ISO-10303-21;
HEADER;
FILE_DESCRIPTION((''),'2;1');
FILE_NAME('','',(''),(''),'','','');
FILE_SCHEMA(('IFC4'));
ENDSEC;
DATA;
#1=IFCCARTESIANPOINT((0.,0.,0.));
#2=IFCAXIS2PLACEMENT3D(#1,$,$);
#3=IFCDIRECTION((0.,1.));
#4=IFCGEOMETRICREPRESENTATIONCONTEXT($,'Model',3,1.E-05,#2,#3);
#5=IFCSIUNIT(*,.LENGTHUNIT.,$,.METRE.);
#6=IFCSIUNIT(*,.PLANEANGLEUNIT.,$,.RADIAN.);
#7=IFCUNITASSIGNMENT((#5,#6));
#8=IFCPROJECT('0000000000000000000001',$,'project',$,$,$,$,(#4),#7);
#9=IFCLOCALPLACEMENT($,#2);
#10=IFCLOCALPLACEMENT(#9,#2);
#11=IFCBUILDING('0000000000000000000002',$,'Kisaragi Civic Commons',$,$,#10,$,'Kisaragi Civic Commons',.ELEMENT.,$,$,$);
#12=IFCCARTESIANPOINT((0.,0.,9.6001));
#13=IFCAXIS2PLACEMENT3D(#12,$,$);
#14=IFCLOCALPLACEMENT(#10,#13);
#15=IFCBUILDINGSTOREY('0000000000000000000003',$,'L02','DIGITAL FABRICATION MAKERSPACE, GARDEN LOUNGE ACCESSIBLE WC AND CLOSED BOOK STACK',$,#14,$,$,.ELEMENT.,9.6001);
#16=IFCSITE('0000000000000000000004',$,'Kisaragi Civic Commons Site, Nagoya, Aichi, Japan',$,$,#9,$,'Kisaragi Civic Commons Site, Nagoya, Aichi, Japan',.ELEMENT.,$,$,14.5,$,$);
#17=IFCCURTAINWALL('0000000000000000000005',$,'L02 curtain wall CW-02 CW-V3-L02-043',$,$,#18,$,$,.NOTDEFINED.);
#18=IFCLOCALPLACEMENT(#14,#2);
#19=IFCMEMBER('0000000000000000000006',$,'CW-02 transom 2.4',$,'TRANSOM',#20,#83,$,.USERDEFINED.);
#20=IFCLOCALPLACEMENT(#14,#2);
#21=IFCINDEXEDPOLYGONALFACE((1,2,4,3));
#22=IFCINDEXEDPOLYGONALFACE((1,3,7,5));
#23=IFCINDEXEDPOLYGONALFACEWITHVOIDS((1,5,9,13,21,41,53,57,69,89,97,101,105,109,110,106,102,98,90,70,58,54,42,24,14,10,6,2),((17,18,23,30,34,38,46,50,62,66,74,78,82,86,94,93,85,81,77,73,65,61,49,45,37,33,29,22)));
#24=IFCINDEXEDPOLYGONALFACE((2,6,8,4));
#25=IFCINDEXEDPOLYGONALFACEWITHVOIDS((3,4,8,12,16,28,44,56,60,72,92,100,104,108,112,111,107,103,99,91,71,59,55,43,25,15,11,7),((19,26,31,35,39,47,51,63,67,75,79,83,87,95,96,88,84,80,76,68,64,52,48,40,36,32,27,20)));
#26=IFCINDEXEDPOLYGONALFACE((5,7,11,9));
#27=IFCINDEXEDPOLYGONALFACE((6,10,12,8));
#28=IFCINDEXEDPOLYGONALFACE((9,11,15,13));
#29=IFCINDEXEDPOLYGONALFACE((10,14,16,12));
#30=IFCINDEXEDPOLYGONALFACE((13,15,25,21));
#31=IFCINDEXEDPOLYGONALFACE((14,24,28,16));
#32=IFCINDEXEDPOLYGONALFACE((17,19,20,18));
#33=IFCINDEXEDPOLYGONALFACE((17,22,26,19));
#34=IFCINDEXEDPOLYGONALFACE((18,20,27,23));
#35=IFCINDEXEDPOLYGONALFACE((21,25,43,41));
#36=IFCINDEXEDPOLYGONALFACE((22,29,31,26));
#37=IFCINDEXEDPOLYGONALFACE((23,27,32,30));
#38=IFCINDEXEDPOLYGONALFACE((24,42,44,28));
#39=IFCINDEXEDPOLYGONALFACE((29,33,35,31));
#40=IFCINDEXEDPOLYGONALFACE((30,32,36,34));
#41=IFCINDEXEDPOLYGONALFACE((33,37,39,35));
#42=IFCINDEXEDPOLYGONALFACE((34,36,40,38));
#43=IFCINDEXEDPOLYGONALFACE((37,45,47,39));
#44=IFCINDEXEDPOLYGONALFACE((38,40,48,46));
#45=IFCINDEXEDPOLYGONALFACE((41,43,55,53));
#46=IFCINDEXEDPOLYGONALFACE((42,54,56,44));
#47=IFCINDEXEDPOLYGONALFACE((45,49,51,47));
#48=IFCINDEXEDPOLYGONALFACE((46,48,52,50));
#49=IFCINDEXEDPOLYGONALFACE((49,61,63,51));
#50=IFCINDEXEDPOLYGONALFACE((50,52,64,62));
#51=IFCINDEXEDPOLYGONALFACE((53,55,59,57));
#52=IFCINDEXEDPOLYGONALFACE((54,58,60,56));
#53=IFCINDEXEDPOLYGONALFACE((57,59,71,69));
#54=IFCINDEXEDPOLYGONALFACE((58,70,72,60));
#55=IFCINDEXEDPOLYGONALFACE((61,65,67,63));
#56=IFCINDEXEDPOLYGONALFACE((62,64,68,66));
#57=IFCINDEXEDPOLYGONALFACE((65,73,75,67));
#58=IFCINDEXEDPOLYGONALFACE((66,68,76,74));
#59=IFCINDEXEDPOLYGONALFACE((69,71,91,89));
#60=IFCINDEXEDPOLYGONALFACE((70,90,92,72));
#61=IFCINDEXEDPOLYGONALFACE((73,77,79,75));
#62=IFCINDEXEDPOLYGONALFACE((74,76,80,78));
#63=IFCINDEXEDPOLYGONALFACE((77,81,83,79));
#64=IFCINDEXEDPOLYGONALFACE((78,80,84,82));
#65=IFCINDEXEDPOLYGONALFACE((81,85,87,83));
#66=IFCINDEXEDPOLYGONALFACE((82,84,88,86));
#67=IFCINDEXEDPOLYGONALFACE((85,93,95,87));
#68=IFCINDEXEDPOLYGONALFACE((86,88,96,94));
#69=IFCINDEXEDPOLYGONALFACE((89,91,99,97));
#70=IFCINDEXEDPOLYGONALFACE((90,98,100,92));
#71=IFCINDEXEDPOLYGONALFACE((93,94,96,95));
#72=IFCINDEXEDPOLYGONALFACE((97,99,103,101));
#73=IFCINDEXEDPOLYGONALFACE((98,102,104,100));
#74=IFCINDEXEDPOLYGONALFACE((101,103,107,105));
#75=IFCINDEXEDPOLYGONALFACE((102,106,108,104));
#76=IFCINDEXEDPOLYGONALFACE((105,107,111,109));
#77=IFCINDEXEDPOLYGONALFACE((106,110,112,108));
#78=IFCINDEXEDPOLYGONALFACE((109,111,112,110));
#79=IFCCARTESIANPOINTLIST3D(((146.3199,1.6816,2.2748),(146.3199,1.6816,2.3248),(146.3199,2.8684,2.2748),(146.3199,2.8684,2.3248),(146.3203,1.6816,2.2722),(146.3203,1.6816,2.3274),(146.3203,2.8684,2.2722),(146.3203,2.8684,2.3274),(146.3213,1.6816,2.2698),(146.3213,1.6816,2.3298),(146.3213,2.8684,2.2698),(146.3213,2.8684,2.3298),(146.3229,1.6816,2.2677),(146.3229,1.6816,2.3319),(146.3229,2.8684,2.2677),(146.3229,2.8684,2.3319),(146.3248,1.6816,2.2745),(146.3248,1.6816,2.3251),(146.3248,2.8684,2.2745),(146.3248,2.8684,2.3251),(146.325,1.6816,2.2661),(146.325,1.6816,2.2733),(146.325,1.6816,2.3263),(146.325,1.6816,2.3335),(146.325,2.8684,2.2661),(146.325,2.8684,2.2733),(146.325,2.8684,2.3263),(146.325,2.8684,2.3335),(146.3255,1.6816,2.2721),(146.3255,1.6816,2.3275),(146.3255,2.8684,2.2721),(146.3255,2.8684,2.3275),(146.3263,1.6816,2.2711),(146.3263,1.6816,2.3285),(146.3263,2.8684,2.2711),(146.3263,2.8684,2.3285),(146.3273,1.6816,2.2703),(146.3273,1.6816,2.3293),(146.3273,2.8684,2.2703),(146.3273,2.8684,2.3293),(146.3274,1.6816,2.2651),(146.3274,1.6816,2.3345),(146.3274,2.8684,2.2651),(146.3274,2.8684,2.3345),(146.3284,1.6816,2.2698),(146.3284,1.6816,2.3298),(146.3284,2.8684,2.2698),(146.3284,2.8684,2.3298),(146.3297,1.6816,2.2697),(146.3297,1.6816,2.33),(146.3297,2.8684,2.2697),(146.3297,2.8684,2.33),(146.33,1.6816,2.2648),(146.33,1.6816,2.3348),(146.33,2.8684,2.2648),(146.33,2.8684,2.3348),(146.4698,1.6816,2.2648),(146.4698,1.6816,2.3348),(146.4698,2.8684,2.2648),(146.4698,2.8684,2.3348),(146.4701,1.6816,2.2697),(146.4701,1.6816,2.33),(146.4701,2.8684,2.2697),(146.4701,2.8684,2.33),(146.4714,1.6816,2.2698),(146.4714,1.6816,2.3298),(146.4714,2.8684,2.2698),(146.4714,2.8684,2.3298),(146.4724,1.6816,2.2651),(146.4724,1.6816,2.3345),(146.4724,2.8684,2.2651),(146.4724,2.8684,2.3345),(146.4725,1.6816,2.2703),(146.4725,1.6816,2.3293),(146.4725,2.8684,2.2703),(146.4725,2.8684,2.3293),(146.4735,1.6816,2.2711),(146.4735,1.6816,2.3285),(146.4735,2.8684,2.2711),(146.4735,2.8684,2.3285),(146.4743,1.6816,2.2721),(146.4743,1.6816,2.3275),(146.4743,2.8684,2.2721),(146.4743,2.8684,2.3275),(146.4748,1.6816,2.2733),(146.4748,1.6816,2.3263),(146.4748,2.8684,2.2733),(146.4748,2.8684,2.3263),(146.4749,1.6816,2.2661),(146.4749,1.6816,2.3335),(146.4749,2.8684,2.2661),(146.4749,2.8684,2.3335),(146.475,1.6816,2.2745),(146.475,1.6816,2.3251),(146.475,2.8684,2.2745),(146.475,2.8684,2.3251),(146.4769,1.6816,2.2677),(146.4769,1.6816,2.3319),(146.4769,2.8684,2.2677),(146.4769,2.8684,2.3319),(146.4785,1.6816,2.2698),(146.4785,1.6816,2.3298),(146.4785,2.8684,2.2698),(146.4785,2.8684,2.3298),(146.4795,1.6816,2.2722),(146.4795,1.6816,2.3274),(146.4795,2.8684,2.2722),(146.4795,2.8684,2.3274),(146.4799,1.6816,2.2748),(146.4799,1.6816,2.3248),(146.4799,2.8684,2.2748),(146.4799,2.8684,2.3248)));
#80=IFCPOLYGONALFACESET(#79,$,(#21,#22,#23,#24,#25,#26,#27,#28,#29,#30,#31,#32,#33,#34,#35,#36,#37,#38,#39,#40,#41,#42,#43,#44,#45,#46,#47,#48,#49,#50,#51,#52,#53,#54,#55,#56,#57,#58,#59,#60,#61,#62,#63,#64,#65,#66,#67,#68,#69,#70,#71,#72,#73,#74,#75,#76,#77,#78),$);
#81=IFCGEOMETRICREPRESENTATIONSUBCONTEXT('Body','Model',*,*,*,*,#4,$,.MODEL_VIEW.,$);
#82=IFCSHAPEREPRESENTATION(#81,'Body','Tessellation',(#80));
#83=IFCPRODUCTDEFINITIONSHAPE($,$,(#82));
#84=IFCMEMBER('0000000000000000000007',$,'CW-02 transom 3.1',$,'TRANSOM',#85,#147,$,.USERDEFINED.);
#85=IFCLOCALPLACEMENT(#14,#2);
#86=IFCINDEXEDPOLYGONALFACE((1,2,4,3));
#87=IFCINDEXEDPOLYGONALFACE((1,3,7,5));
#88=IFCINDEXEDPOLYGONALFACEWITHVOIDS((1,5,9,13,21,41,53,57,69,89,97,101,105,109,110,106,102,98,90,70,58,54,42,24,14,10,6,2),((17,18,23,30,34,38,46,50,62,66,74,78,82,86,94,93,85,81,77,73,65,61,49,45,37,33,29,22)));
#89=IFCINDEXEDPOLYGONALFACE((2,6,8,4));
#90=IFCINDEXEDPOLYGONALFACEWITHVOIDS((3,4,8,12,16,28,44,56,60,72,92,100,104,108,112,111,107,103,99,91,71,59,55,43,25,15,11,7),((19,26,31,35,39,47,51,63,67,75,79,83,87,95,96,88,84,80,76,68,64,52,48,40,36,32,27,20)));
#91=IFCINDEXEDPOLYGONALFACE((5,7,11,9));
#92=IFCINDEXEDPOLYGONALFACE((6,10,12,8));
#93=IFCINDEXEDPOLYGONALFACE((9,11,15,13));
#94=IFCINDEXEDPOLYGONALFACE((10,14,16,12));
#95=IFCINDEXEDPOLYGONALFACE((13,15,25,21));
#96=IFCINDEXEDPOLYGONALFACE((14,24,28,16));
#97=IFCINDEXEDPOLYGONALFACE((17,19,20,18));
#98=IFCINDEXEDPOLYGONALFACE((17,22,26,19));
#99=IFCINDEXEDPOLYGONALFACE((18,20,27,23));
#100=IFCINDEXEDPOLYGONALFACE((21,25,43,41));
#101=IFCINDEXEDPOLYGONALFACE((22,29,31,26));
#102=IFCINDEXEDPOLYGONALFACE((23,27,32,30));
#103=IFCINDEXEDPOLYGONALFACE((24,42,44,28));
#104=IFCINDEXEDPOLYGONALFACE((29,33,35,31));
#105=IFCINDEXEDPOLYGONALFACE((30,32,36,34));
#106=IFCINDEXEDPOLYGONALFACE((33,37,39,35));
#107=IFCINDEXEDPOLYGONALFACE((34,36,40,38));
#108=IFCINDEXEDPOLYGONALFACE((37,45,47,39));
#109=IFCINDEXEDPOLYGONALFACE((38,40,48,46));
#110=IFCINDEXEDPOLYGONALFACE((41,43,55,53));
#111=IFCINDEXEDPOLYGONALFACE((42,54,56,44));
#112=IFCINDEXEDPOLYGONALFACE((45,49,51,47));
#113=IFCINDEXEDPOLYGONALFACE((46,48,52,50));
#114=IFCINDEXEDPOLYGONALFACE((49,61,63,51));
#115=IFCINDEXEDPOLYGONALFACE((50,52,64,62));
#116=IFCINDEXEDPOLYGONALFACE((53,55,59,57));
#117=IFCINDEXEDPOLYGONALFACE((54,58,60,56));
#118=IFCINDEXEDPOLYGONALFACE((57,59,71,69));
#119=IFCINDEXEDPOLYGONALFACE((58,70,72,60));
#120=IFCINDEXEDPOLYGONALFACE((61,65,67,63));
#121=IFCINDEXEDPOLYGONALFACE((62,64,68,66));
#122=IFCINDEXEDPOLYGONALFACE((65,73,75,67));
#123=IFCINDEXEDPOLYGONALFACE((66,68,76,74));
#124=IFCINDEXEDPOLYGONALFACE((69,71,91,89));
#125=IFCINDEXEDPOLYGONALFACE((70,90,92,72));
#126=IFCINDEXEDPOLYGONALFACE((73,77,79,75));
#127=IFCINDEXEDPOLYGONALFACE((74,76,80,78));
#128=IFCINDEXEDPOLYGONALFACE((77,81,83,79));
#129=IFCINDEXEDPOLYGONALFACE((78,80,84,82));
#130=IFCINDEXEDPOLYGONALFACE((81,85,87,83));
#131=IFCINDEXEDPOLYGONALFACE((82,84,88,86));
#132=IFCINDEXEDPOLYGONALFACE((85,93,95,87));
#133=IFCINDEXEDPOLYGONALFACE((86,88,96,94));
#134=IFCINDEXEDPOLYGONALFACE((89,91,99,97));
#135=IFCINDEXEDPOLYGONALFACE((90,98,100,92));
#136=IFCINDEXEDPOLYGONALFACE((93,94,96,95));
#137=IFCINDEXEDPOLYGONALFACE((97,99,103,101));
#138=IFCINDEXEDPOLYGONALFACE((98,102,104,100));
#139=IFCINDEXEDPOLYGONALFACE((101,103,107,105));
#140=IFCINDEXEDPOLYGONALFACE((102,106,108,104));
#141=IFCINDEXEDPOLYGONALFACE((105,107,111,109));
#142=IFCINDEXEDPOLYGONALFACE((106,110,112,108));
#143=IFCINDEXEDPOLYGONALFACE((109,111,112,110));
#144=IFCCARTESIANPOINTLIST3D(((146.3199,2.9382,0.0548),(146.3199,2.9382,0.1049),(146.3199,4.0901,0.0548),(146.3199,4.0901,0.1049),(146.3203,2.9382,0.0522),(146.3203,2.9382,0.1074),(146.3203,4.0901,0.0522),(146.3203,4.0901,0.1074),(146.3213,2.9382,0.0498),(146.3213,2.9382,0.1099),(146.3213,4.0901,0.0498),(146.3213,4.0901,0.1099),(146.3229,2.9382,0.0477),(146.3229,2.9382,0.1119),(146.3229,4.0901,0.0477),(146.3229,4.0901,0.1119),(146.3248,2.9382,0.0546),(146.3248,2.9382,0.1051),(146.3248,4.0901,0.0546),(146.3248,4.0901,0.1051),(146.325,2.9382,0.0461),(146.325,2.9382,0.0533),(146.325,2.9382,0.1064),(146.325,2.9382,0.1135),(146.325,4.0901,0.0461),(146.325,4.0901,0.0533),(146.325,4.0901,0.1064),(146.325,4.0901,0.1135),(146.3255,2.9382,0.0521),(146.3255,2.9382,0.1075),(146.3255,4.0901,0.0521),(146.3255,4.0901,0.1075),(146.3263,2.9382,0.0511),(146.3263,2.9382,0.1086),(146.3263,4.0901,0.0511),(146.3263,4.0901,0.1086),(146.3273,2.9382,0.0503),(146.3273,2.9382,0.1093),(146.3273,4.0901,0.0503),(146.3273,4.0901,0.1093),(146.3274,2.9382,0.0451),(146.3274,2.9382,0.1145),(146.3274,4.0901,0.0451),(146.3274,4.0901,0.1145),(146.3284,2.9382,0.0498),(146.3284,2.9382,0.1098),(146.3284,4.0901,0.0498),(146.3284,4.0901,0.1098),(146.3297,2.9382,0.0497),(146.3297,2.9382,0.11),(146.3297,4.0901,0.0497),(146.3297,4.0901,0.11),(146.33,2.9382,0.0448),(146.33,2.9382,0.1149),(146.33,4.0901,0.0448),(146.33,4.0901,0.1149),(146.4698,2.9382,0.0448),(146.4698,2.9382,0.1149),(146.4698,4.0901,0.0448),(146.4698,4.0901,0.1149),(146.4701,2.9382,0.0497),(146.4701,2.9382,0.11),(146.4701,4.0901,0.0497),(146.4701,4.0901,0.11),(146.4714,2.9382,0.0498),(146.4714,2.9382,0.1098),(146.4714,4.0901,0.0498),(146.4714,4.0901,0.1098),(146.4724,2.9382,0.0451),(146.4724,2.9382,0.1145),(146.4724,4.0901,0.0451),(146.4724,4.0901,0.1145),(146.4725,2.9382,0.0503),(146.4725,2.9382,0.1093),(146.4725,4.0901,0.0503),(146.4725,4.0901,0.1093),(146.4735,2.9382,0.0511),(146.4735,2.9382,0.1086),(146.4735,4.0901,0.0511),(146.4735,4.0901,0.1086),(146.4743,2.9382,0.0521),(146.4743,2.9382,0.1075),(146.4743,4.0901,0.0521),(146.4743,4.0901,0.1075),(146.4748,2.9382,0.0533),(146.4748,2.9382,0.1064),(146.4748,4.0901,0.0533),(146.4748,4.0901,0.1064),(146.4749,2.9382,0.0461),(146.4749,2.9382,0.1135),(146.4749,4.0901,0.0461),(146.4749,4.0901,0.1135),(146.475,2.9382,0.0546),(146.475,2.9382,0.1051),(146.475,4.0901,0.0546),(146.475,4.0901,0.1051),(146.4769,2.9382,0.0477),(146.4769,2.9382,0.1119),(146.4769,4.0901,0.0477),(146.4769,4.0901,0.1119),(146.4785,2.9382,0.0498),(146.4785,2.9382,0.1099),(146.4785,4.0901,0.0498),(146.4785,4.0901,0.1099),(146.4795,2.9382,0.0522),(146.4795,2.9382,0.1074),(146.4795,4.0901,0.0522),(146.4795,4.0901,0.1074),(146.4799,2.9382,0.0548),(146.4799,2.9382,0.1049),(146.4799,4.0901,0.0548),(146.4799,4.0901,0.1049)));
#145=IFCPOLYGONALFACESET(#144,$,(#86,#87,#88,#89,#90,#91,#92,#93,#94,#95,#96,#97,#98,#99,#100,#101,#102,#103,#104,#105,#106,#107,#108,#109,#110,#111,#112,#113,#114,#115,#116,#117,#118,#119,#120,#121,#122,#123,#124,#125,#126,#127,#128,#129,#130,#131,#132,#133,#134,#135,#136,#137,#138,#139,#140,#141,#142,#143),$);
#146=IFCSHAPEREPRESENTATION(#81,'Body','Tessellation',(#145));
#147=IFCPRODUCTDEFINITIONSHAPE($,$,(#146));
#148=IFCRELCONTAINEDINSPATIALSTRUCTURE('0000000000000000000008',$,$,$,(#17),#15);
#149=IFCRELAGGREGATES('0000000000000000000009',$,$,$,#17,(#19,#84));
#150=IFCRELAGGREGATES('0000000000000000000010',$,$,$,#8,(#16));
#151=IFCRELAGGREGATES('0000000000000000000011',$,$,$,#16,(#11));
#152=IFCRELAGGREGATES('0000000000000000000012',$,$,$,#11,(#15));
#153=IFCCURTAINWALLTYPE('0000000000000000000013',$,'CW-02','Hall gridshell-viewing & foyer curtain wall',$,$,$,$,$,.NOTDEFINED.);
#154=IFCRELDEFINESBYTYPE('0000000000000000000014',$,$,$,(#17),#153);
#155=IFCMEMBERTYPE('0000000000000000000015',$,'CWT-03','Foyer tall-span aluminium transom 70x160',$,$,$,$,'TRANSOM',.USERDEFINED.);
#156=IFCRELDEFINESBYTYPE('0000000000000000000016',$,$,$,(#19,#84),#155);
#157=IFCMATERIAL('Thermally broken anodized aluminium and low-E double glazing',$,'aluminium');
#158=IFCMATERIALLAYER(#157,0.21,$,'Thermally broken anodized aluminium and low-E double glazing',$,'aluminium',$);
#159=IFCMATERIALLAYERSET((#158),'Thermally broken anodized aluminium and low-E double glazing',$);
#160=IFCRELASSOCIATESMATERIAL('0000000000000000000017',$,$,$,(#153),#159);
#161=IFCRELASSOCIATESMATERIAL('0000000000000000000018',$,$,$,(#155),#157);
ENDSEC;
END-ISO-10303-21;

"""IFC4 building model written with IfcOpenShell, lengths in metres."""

from ifc_helpers import new_model, si_unit, direction, frame, origin, origin_2d, place, context, subcontext, project, spatial, hollow_rectangle, extrude, material, layer, layer_set, material_profile, profile_set, type_object, element, aggregate, save


model = new_model("IFC4")

# Units and contexts
model_context = context("Model", 3, precision=1e-05, world=origin(), true_north=direction((0.0, 1.0)))
body_context = subcontext(model_context, "Body", "Model", "MODEL_VIEW")
ifc_project = project(units=[si_unit("LENGTHUNIT", "METRE"), si_unit("PLANEANGLEUNIT", "RADIAN")], contexts=[model_context])

# Site, building, storey
site_placement = place(None, origin())
site = spatial("IfcSite", under=ifc_project, at=site_placement, Name="Kisaragi Civic Commons Site, Nagoya, Aichi, Japan", LongName="Kisaragi Civic Commons Site, Nagoya, Aichi, Japan", CompositionType="ELEMENT", RefElevation=14.5)
building_placement = place(site_placement, origin())
building = spatial("IfcBuilding", under=site, at=building_placement, Name="Kisaragi Civic Commons", LongName="Kisaragi Civic Commons", CompositionType="ELEMENT")
storey_placement = place(building_placement, frame((0.0, 0.0, 9.6001)))
storey = spatial("IfcBuildingStorey", under=building, at=storey_placement, Name="L02", Description="DIGITAL FABRICATION MAKERSPACE, GARDEN LOUNGE ACCESSIBLE WC AND CLOSED BOOK STACK", CompositionType="ELEMENT", Elevation=9.6001)

# Curtain wall
ifc_material_1 = material(Name="Thermally broken anodized aluminium and low-E double glazing", Category="aluminium")
ifc_layer_1 = layer(ifc_material_1, 0.21, Name="Thermally broken anodized aluminium and low-E double glazing", Category="aluminium")
ifc_layer_set_1 = layer_set([ifc_layer_1], Name="Thermally broken anodized aluminium and low-E double glazing")
curtain_wall_type = type_object("IfcCurtainWallType", Name="CW-02", Description="Hall gridshell-viewing & foyer curtain wall", PredefinedType="NOTDEFINED", material=ifc_layer_set_1)
curtain_wall_1_placement = place(storey_placement, origin())
curtain_wall_1 = element("IfcCurtainWall", 1, at=curtain_wall_1_placement, inside=storey, type_object=curtain_wall_type, Name="L02 curtain wall CW-02 CW-V3-L02-043", PredefinedType="NOTDEFINED")

# Members
ifc_material_profile_1 = material_profile(ifc_material_1, hollow_rectangle(XDim=0.1599, YDim=0.0701, WallThickness=0.0049, InnerFilletRadius=0.0049, OuterFilletRadius=0.01, at=origin_2d()), Name="CWT-70x160x5", Category="aluminium")
ifc_profile_set_1 = profile_set([ifc_material_profile_1], Name="Thermally broken anodized aluminium and low-E double glazing")
member_type_1 = type_object("IfcMemberType", Name="CWT-03", Description="Foyer tall-span aluminium transom 70x160", ElementType="TRANSOM", PredefinedType="USERDEFINED", material=ifc_profile_set_1)
member_1_placement = place(storey_placement, frame((146.3999, 1.6816, 2.2998), z_axis=(0.0, 1.0, 0.0), x_axis=(-1.0, 0.0, 0.0)))
member_1 = element("IfcMember", 2, at=member_1_placement, type_object=member_type_1, Name="CW-02 transom 2.4", ObjectType="TRANSOM", PredefinedType="USERDEFINED", context=body_context, shape_type="SweptSolid", body=[
    extrude(hollow_rectangle(XDim=0.1599, YDim=0.0701, WallThickness=0.0049, InnerFilletRadius=0.0049, OuterFilletRadius=0.01, at=origin_2d()), origin(), (0.0, 0.0, 1.0), 1.1868),
])
member_2_placement = place(storey_placement, frame((146.3999, 2.9382, 0.0798), z_axis=(0.0, 1.0, 0.0), x_axis=(-1.0, 0.0, 0.0)))
member_2 = element("IfcMember", 3, at=member_2_placement, type_object=member_type_1, Name="CW-02 transom 3.1", ObjectType="TRANSOM", PredefinedType="USERDEFINED", context=body_context, shape_type="SweptSolid", body=[
    extrude(hollow_rectangle(XDim=0.1599, YDim=0.0701, WallThickness=0.0049, InnerFilletRadius=0.0049, OuterFilletRadius=0.01, at=origin_2d()), origin(), (0.0, 0.0, 1.0), 1.1519),
])

aggregate(curtain_wall_1, [member_1, member_2])

save(model, "model.ifc")
